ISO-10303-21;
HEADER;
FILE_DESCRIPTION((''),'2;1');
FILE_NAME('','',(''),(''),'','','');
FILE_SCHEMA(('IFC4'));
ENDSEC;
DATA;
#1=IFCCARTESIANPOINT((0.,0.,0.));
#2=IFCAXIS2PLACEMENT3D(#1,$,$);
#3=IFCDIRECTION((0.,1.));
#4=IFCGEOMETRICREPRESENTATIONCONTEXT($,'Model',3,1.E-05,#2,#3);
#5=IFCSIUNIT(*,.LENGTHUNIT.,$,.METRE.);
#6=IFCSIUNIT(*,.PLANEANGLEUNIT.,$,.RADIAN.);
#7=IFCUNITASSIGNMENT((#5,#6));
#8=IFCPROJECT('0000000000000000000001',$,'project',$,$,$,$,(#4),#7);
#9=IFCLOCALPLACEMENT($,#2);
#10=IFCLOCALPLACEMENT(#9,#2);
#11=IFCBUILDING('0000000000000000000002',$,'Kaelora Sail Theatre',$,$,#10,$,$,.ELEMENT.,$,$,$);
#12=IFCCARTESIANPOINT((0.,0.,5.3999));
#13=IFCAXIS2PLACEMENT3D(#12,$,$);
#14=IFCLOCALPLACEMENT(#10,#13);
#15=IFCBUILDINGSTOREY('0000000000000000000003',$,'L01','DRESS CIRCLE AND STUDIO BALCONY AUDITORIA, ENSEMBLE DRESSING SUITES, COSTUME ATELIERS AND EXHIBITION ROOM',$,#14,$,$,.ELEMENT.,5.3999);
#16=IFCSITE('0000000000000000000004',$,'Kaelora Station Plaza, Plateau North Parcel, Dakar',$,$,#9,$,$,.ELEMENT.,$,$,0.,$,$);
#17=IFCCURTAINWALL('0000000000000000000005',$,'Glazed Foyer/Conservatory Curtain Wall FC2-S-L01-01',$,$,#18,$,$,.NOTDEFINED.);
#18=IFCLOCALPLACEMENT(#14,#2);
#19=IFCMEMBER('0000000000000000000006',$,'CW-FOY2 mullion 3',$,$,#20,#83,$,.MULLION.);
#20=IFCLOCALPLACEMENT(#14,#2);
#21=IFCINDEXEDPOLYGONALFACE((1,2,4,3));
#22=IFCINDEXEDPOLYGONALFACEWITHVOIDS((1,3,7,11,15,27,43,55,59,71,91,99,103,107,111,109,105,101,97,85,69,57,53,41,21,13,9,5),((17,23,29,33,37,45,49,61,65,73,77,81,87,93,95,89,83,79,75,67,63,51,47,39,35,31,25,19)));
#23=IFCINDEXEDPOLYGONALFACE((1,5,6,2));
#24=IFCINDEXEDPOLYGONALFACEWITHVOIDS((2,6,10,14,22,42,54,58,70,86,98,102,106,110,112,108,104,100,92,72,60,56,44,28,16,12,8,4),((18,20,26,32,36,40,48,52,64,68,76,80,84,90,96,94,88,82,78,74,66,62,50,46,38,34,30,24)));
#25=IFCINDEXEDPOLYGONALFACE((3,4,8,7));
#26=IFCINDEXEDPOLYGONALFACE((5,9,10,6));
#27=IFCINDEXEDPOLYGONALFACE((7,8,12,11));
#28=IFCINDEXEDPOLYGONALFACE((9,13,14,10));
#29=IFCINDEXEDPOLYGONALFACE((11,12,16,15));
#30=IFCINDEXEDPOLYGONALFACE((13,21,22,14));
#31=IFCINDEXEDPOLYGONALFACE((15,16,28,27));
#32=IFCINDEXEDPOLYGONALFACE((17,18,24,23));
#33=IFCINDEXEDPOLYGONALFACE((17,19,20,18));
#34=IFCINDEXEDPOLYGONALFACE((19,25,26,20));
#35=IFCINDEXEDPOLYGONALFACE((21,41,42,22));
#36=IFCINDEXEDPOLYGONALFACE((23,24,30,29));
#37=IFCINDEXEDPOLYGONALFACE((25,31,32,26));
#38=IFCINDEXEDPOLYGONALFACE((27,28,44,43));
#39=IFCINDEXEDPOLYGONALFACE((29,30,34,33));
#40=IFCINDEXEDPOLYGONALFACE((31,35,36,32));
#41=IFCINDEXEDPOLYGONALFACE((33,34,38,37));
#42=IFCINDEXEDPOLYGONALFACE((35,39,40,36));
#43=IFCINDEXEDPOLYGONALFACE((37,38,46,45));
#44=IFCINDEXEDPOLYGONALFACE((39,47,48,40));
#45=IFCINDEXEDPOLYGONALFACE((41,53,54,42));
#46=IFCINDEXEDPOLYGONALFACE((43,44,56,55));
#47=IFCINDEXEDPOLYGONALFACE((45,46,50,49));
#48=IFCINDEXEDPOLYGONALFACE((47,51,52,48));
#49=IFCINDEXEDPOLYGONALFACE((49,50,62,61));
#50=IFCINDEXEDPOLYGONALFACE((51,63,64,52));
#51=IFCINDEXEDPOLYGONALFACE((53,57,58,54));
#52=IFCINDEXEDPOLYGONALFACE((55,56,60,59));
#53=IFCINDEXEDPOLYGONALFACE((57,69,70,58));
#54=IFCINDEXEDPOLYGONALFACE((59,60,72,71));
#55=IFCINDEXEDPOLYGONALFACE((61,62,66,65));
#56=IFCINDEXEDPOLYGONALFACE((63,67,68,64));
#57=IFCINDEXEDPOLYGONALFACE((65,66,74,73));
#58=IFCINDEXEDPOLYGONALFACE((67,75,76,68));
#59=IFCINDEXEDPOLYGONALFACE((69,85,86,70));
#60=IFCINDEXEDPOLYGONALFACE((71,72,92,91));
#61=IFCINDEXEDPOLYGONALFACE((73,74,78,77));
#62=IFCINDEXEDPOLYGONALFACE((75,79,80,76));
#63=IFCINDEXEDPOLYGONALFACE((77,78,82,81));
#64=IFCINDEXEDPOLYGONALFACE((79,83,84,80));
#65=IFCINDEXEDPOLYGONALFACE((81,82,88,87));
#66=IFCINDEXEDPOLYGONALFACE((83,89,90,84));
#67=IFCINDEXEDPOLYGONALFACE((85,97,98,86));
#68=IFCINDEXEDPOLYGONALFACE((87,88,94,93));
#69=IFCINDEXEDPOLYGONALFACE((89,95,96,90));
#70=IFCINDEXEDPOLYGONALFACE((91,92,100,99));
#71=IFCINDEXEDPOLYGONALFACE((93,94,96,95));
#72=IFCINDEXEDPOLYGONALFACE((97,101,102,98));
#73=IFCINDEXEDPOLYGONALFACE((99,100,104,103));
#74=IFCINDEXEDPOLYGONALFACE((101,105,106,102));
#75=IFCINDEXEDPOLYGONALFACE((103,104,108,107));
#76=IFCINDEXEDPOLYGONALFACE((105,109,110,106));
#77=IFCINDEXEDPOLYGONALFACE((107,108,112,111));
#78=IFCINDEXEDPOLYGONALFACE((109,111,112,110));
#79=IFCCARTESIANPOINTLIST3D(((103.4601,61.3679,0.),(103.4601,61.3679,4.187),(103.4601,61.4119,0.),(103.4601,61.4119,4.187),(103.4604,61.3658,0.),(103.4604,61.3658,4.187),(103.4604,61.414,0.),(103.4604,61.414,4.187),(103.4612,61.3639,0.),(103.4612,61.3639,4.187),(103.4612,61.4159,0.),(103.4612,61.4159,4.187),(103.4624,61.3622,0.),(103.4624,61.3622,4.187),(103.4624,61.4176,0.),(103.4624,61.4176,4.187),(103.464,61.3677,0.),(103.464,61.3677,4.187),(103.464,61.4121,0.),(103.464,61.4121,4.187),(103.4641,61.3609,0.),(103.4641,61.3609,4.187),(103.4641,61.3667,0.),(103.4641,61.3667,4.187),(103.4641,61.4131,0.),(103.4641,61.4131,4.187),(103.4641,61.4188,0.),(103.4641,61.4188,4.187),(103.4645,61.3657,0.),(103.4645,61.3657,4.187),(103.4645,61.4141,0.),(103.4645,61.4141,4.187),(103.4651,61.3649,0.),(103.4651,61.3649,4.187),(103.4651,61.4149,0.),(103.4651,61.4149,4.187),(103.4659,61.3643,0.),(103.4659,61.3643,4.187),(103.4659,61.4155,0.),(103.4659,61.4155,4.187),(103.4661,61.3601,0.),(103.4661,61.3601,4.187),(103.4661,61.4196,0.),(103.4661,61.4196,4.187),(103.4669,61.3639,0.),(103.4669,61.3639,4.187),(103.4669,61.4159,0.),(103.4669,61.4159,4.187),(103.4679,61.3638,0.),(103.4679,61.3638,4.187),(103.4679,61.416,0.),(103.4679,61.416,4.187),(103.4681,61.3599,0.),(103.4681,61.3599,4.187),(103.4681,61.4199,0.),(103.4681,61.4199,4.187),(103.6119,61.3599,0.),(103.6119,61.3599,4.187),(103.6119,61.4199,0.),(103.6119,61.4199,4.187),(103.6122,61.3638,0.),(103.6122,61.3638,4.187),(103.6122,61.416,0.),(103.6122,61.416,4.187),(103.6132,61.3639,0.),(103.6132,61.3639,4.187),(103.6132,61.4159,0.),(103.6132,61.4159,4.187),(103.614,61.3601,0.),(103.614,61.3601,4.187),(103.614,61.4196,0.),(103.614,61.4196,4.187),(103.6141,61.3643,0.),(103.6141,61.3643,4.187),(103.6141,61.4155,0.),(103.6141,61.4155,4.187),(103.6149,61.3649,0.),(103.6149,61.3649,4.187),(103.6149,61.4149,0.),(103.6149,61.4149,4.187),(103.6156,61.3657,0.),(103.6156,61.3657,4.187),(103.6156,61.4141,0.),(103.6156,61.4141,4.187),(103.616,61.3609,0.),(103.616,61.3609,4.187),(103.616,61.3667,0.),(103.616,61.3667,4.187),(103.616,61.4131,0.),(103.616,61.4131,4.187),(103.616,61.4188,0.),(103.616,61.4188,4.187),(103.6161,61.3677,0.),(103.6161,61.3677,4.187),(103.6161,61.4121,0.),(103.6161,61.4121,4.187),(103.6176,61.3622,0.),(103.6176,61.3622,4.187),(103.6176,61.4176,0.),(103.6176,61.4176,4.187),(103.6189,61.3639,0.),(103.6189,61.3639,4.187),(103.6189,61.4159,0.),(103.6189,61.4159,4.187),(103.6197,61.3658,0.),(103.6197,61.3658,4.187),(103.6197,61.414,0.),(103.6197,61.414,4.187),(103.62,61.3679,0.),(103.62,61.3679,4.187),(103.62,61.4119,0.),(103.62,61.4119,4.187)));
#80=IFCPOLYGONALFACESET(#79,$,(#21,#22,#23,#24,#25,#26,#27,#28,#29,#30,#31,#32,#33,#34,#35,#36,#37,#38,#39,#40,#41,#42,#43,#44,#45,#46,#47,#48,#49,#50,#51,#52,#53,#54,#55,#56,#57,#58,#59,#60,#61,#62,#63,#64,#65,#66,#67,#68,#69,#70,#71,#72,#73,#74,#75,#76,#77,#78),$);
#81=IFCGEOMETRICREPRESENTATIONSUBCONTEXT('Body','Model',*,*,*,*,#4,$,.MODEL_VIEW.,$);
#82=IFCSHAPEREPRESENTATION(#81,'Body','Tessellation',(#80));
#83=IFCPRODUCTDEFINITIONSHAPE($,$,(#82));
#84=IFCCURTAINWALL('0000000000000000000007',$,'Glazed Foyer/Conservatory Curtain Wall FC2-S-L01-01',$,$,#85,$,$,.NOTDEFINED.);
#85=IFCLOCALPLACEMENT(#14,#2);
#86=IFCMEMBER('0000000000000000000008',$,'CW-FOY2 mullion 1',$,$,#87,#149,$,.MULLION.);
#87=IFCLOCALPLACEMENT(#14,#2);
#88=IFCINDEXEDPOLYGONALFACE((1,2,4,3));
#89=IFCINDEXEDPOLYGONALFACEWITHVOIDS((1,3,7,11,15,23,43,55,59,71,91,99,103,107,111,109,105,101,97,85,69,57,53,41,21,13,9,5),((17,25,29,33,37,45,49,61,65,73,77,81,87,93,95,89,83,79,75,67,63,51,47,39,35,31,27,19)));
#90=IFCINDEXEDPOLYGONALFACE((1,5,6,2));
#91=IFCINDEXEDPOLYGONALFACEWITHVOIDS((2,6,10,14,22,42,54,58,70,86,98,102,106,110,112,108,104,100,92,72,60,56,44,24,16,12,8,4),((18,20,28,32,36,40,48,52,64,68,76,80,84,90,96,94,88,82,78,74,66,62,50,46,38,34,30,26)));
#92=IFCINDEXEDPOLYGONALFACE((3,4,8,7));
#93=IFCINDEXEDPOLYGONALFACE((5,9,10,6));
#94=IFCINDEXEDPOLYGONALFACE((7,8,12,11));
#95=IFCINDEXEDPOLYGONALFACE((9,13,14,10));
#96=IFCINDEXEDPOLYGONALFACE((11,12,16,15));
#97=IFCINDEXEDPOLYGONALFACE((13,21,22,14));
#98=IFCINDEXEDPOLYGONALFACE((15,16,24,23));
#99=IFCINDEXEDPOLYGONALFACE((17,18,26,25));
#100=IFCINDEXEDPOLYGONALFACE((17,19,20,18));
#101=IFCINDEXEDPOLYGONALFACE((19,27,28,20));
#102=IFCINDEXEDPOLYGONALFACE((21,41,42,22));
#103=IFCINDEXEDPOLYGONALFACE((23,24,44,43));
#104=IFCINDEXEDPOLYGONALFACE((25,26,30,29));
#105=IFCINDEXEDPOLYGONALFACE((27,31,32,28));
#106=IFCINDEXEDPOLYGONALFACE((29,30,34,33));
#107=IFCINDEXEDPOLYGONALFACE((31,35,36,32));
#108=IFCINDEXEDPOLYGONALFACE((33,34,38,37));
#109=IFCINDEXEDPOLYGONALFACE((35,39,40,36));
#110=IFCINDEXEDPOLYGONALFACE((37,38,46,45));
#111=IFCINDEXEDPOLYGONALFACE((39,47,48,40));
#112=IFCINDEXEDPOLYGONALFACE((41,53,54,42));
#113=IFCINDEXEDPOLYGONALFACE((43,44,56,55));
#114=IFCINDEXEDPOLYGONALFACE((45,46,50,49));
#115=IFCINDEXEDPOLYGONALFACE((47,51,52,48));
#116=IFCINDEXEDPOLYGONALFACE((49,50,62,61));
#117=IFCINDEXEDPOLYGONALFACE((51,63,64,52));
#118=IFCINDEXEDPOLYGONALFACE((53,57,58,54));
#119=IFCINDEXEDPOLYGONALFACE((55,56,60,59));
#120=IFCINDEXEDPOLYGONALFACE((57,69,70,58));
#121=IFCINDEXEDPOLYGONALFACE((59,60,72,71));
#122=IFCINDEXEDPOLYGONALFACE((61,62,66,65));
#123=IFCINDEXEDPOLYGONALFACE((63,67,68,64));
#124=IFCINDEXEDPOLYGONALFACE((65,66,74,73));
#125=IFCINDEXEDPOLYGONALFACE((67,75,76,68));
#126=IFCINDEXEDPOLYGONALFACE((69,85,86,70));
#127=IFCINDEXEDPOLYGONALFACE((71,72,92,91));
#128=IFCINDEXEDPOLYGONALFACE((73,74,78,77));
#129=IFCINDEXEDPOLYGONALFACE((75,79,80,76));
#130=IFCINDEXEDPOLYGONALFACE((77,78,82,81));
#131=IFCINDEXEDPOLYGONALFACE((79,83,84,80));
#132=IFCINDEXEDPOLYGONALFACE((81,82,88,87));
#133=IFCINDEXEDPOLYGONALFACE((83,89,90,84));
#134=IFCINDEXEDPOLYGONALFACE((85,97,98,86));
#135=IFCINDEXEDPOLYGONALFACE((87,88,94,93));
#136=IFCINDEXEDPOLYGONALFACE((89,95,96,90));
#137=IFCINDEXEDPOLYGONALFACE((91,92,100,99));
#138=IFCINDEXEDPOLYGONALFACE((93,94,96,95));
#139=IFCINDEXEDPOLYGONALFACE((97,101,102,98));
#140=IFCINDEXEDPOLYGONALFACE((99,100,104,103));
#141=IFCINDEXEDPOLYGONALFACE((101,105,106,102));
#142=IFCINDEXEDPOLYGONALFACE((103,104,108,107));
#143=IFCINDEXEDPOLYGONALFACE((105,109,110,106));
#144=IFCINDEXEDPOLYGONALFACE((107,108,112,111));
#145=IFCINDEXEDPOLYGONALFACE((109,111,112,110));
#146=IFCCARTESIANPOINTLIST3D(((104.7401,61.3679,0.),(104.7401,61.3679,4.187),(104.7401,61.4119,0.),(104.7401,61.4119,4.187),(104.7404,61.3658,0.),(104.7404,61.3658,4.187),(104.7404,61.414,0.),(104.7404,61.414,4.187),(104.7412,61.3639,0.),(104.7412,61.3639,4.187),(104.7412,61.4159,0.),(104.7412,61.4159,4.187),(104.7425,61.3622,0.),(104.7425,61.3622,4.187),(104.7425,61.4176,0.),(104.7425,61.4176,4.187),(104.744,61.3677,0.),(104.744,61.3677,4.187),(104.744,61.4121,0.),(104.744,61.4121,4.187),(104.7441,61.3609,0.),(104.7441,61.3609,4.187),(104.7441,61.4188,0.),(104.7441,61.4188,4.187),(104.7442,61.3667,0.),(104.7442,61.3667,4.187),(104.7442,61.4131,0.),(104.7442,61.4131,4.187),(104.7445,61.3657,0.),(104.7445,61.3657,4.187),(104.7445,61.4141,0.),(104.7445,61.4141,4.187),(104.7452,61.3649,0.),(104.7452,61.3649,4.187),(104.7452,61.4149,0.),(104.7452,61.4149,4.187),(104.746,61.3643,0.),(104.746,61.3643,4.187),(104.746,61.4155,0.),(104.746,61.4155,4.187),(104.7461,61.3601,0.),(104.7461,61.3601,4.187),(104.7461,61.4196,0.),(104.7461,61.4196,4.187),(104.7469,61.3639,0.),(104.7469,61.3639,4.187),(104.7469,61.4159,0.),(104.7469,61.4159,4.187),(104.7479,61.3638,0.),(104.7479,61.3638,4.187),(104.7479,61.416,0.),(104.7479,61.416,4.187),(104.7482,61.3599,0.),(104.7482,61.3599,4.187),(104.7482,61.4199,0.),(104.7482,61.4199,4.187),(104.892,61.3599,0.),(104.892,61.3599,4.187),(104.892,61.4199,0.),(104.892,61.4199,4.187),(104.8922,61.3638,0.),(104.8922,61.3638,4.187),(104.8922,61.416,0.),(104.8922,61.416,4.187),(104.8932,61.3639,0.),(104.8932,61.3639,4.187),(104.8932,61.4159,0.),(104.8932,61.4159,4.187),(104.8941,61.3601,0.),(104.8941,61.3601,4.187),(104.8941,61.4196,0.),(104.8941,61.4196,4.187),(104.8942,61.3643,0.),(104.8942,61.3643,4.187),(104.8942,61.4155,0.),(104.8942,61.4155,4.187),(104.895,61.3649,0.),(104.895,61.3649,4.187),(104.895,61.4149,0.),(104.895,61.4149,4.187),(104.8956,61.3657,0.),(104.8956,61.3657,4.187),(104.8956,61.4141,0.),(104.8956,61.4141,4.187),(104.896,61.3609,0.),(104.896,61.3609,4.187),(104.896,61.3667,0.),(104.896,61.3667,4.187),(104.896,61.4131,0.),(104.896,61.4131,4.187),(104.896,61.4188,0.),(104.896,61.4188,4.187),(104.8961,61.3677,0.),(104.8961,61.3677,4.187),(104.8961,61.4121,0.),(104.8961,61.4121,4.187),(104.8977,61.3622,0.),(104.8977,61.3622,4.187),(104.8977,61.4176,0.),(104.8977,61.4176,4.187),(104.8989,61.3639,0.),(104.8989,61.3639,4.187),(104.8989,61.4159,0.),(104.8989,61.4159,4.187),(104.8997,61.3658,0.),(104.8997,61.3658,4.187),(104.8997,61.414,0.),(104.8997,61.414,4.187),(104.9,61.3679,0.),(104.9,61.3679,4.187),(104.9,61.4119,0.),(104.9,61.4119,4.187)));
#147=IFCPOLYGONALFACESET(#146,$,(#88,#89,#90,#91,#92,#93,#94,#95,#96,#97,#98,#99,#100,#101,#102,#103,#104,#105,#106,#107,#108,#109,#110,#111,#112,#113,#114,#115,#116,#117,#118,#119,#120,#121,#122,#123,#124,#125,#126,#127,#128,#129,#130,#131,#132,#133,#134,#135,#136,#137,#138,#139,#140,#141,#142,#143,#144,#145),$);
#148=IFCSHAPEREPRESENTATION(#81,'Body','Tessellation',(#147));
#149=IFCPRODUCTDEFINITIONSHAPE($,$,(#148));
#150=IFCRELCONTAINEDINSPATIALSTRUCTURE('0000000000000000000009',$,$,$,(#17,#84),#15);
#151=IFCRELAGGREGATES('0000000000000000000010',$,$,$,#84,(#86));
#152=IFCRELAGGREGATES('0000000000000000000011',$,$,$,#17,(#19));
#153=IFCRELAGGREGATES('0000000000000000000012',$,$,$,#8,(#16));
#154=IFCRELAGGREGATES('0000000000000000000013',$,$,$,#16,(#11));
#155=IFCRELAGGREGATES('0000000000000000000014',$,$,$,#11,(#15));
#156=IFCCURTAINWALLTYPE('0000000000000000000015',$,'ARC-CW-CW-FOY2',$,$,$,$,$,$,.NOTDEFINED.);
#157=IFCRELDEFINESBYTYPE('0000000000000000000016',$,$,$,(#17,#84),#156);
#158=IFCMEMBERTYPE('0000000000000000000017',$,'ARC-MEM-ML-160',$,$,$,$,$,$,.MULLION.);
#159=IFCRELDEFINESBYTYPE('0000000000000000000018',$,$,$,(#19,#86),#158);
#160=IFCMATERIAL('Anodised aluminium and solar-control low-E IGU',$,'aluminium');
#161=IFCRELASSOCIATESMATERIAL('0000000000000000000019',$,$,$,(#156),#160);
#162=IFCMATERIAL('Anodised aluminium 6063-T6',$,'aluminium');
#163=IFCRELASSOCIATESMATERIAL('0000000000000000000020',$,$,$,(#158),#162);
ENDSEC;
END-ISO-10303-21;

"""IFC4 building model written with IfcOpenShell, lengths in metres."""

from ifc_helpers import new_model, si_unit, direction, frame, origin, origin_2d, place, context, subcontext, project, spatial, hollow_rectangle, extrude, material, material_profile, profile_set, type_object, element, aggregate, save


model = new_model("IFC4")

# Units and contexts
model_context = context("Model", 3, precision=1e-05, world=origin(), true_north=direction((0.0, 1.0)))
body_context = subcontext(model_context, "Body", "Model", "MODEL_VIEW")
ifc_project = project(units=[si_unit("LENGTHUNIT", "METRE"), si_unit("PLANEANGLEUNIT", "RADIAN")], contexts=[model_context])

# Site, building, storey
site_placement = place(None, origin())
site = spatial("IfcSite", under=ifc_project, at=site_placement, Name="Kaelora Station Plaza, Plateau North Parcel, Dakar", CompositionType="ELEMENT", RefElevation=0.0)
building_placement = place(site_placement, origin())
building = spatial("IfcBuilding", under=site, at=building_placement, Name="Kaelora Sail Theatre", CompositionType="ELEMENT")
storey_placement = place(building_placement, frame((0.0, 0.0, 5.3999)))
storey = spatial("IfcBuildingStorey", under=building, at=storey_placement, Name="L01", Description="DRESS CIRCLE AND STUDIO BALCONY AUDITORIA, ENSEMBLE DRESSING SUITES, COSTUME ATELIERS AND EXHIBITION ROOM", CompositionType="ELEMENT", Elevation=5.3999)

# Curtain wall, member
ifc_material_1 = material(Name="Anodised aluminium and solar-control low-E IGU", Category="aluminium")
curtain_wall_type = type_object("IfcCurtainWallType", Name="ARC-CW-CW-FOY2", PredefinedType="NOTDEFINED", material=ifc_material_1)
curtain_wall_1_placement = place(storey_placement, origin())
curtain_wall_1 = element("IfcCurtainWall", 1, at=curtain_wall_1_placement, inside=storey, type_object=curtain_wall_type, Name="Glazed Foyer/Conservatory Curtain Wall FC2-S-L01-01", PredefinedType="NOTDEFINED")
ifc_material_2 = material(Name="Anodised aluminium 6063-T6", Category="aluminium")
ifc_material_profile_1 = material_profile(ifc_material_2, hollow_rectangle(XDim=0.0601, YDim=0.1599, WallThickness=0.0039, InnerFilletRadius=0.0039, OuterFilletRadius=0.0081, at=origin_2d()), Name="ALU-MULL 60x160x4")
ifc_profile_set_1 = profile_set([ifc_material_profile_1], Name="Anodised aluminium 6063-T6")
member_type_1 = type_object("IfcMemberType", Name="ARC-MEM-ML-160", PredefinedType="MULLION", material=ifc_profile_set_1)
member_1_placement = place(storey_placement, frame((103.54, 61.3899, 0.0), z_axis=(0.0, 0.0, 1.0), x_axis=(0.0, 1.0, 0.0)))
member_1 = element("IfcMember", 2, at=member_1_placement, type_object=member_type_1, Name="CW-FOY2 mullion 3", PredefinedType="MULLION", context=body_context, shape_type="SweptSolid", body=[
    extrude(hollow_rectangle(XDim=0.0601, YDim=0.1599, WallThickness=0.0039, InnerFilletRadius=0.0039, OuterFilletRadius=0.0081, at=origin_2d()), origin(), (0.0, 0.0, 1.0), 4.187),
])

# Curtain wall, member
curtain_wall_2_placement = place(storey_placement, origin())
curtain_wall_2 = element("IfcCurtainWall", 3, at=curtain_wall_2_placement, inside=storey, type_object=curtain_wall_type, Name="Glazed Foyer/Conservatory Curtain Wall FC2-S-L01-01", PredefinedType="NOTDEFINED")
member_2_placement = place(storey_placement, frame((104.8201, 61.3899, 0.0), z_axis=(0.0, 0.0, 1.0), x_axis=(0.0, 1.0, 0.0)))
member_2 = element("IfcMember", 4, at=member_2_placement, type_object=member_type_1, Name="CW-FOY2 mullion 1", PredefinedType="MULLION", context=body_context, shape_type="SweptSolid", body=[
    extrude(hollow_rectangle(XDim=0.0601, YDim=0.1599, WallThickness=0.0039, InnerFilletRadius=0.0039, OuterFilletRadius=0.0081, at=origin_2d()), origin(), (0.0, 0.0, 1.0), 4.187),
])

aggregate(curtain_wall_2, [member_2])

aggregate(curtain_wall_1, [member_1])

save(model, "model.ifc")
